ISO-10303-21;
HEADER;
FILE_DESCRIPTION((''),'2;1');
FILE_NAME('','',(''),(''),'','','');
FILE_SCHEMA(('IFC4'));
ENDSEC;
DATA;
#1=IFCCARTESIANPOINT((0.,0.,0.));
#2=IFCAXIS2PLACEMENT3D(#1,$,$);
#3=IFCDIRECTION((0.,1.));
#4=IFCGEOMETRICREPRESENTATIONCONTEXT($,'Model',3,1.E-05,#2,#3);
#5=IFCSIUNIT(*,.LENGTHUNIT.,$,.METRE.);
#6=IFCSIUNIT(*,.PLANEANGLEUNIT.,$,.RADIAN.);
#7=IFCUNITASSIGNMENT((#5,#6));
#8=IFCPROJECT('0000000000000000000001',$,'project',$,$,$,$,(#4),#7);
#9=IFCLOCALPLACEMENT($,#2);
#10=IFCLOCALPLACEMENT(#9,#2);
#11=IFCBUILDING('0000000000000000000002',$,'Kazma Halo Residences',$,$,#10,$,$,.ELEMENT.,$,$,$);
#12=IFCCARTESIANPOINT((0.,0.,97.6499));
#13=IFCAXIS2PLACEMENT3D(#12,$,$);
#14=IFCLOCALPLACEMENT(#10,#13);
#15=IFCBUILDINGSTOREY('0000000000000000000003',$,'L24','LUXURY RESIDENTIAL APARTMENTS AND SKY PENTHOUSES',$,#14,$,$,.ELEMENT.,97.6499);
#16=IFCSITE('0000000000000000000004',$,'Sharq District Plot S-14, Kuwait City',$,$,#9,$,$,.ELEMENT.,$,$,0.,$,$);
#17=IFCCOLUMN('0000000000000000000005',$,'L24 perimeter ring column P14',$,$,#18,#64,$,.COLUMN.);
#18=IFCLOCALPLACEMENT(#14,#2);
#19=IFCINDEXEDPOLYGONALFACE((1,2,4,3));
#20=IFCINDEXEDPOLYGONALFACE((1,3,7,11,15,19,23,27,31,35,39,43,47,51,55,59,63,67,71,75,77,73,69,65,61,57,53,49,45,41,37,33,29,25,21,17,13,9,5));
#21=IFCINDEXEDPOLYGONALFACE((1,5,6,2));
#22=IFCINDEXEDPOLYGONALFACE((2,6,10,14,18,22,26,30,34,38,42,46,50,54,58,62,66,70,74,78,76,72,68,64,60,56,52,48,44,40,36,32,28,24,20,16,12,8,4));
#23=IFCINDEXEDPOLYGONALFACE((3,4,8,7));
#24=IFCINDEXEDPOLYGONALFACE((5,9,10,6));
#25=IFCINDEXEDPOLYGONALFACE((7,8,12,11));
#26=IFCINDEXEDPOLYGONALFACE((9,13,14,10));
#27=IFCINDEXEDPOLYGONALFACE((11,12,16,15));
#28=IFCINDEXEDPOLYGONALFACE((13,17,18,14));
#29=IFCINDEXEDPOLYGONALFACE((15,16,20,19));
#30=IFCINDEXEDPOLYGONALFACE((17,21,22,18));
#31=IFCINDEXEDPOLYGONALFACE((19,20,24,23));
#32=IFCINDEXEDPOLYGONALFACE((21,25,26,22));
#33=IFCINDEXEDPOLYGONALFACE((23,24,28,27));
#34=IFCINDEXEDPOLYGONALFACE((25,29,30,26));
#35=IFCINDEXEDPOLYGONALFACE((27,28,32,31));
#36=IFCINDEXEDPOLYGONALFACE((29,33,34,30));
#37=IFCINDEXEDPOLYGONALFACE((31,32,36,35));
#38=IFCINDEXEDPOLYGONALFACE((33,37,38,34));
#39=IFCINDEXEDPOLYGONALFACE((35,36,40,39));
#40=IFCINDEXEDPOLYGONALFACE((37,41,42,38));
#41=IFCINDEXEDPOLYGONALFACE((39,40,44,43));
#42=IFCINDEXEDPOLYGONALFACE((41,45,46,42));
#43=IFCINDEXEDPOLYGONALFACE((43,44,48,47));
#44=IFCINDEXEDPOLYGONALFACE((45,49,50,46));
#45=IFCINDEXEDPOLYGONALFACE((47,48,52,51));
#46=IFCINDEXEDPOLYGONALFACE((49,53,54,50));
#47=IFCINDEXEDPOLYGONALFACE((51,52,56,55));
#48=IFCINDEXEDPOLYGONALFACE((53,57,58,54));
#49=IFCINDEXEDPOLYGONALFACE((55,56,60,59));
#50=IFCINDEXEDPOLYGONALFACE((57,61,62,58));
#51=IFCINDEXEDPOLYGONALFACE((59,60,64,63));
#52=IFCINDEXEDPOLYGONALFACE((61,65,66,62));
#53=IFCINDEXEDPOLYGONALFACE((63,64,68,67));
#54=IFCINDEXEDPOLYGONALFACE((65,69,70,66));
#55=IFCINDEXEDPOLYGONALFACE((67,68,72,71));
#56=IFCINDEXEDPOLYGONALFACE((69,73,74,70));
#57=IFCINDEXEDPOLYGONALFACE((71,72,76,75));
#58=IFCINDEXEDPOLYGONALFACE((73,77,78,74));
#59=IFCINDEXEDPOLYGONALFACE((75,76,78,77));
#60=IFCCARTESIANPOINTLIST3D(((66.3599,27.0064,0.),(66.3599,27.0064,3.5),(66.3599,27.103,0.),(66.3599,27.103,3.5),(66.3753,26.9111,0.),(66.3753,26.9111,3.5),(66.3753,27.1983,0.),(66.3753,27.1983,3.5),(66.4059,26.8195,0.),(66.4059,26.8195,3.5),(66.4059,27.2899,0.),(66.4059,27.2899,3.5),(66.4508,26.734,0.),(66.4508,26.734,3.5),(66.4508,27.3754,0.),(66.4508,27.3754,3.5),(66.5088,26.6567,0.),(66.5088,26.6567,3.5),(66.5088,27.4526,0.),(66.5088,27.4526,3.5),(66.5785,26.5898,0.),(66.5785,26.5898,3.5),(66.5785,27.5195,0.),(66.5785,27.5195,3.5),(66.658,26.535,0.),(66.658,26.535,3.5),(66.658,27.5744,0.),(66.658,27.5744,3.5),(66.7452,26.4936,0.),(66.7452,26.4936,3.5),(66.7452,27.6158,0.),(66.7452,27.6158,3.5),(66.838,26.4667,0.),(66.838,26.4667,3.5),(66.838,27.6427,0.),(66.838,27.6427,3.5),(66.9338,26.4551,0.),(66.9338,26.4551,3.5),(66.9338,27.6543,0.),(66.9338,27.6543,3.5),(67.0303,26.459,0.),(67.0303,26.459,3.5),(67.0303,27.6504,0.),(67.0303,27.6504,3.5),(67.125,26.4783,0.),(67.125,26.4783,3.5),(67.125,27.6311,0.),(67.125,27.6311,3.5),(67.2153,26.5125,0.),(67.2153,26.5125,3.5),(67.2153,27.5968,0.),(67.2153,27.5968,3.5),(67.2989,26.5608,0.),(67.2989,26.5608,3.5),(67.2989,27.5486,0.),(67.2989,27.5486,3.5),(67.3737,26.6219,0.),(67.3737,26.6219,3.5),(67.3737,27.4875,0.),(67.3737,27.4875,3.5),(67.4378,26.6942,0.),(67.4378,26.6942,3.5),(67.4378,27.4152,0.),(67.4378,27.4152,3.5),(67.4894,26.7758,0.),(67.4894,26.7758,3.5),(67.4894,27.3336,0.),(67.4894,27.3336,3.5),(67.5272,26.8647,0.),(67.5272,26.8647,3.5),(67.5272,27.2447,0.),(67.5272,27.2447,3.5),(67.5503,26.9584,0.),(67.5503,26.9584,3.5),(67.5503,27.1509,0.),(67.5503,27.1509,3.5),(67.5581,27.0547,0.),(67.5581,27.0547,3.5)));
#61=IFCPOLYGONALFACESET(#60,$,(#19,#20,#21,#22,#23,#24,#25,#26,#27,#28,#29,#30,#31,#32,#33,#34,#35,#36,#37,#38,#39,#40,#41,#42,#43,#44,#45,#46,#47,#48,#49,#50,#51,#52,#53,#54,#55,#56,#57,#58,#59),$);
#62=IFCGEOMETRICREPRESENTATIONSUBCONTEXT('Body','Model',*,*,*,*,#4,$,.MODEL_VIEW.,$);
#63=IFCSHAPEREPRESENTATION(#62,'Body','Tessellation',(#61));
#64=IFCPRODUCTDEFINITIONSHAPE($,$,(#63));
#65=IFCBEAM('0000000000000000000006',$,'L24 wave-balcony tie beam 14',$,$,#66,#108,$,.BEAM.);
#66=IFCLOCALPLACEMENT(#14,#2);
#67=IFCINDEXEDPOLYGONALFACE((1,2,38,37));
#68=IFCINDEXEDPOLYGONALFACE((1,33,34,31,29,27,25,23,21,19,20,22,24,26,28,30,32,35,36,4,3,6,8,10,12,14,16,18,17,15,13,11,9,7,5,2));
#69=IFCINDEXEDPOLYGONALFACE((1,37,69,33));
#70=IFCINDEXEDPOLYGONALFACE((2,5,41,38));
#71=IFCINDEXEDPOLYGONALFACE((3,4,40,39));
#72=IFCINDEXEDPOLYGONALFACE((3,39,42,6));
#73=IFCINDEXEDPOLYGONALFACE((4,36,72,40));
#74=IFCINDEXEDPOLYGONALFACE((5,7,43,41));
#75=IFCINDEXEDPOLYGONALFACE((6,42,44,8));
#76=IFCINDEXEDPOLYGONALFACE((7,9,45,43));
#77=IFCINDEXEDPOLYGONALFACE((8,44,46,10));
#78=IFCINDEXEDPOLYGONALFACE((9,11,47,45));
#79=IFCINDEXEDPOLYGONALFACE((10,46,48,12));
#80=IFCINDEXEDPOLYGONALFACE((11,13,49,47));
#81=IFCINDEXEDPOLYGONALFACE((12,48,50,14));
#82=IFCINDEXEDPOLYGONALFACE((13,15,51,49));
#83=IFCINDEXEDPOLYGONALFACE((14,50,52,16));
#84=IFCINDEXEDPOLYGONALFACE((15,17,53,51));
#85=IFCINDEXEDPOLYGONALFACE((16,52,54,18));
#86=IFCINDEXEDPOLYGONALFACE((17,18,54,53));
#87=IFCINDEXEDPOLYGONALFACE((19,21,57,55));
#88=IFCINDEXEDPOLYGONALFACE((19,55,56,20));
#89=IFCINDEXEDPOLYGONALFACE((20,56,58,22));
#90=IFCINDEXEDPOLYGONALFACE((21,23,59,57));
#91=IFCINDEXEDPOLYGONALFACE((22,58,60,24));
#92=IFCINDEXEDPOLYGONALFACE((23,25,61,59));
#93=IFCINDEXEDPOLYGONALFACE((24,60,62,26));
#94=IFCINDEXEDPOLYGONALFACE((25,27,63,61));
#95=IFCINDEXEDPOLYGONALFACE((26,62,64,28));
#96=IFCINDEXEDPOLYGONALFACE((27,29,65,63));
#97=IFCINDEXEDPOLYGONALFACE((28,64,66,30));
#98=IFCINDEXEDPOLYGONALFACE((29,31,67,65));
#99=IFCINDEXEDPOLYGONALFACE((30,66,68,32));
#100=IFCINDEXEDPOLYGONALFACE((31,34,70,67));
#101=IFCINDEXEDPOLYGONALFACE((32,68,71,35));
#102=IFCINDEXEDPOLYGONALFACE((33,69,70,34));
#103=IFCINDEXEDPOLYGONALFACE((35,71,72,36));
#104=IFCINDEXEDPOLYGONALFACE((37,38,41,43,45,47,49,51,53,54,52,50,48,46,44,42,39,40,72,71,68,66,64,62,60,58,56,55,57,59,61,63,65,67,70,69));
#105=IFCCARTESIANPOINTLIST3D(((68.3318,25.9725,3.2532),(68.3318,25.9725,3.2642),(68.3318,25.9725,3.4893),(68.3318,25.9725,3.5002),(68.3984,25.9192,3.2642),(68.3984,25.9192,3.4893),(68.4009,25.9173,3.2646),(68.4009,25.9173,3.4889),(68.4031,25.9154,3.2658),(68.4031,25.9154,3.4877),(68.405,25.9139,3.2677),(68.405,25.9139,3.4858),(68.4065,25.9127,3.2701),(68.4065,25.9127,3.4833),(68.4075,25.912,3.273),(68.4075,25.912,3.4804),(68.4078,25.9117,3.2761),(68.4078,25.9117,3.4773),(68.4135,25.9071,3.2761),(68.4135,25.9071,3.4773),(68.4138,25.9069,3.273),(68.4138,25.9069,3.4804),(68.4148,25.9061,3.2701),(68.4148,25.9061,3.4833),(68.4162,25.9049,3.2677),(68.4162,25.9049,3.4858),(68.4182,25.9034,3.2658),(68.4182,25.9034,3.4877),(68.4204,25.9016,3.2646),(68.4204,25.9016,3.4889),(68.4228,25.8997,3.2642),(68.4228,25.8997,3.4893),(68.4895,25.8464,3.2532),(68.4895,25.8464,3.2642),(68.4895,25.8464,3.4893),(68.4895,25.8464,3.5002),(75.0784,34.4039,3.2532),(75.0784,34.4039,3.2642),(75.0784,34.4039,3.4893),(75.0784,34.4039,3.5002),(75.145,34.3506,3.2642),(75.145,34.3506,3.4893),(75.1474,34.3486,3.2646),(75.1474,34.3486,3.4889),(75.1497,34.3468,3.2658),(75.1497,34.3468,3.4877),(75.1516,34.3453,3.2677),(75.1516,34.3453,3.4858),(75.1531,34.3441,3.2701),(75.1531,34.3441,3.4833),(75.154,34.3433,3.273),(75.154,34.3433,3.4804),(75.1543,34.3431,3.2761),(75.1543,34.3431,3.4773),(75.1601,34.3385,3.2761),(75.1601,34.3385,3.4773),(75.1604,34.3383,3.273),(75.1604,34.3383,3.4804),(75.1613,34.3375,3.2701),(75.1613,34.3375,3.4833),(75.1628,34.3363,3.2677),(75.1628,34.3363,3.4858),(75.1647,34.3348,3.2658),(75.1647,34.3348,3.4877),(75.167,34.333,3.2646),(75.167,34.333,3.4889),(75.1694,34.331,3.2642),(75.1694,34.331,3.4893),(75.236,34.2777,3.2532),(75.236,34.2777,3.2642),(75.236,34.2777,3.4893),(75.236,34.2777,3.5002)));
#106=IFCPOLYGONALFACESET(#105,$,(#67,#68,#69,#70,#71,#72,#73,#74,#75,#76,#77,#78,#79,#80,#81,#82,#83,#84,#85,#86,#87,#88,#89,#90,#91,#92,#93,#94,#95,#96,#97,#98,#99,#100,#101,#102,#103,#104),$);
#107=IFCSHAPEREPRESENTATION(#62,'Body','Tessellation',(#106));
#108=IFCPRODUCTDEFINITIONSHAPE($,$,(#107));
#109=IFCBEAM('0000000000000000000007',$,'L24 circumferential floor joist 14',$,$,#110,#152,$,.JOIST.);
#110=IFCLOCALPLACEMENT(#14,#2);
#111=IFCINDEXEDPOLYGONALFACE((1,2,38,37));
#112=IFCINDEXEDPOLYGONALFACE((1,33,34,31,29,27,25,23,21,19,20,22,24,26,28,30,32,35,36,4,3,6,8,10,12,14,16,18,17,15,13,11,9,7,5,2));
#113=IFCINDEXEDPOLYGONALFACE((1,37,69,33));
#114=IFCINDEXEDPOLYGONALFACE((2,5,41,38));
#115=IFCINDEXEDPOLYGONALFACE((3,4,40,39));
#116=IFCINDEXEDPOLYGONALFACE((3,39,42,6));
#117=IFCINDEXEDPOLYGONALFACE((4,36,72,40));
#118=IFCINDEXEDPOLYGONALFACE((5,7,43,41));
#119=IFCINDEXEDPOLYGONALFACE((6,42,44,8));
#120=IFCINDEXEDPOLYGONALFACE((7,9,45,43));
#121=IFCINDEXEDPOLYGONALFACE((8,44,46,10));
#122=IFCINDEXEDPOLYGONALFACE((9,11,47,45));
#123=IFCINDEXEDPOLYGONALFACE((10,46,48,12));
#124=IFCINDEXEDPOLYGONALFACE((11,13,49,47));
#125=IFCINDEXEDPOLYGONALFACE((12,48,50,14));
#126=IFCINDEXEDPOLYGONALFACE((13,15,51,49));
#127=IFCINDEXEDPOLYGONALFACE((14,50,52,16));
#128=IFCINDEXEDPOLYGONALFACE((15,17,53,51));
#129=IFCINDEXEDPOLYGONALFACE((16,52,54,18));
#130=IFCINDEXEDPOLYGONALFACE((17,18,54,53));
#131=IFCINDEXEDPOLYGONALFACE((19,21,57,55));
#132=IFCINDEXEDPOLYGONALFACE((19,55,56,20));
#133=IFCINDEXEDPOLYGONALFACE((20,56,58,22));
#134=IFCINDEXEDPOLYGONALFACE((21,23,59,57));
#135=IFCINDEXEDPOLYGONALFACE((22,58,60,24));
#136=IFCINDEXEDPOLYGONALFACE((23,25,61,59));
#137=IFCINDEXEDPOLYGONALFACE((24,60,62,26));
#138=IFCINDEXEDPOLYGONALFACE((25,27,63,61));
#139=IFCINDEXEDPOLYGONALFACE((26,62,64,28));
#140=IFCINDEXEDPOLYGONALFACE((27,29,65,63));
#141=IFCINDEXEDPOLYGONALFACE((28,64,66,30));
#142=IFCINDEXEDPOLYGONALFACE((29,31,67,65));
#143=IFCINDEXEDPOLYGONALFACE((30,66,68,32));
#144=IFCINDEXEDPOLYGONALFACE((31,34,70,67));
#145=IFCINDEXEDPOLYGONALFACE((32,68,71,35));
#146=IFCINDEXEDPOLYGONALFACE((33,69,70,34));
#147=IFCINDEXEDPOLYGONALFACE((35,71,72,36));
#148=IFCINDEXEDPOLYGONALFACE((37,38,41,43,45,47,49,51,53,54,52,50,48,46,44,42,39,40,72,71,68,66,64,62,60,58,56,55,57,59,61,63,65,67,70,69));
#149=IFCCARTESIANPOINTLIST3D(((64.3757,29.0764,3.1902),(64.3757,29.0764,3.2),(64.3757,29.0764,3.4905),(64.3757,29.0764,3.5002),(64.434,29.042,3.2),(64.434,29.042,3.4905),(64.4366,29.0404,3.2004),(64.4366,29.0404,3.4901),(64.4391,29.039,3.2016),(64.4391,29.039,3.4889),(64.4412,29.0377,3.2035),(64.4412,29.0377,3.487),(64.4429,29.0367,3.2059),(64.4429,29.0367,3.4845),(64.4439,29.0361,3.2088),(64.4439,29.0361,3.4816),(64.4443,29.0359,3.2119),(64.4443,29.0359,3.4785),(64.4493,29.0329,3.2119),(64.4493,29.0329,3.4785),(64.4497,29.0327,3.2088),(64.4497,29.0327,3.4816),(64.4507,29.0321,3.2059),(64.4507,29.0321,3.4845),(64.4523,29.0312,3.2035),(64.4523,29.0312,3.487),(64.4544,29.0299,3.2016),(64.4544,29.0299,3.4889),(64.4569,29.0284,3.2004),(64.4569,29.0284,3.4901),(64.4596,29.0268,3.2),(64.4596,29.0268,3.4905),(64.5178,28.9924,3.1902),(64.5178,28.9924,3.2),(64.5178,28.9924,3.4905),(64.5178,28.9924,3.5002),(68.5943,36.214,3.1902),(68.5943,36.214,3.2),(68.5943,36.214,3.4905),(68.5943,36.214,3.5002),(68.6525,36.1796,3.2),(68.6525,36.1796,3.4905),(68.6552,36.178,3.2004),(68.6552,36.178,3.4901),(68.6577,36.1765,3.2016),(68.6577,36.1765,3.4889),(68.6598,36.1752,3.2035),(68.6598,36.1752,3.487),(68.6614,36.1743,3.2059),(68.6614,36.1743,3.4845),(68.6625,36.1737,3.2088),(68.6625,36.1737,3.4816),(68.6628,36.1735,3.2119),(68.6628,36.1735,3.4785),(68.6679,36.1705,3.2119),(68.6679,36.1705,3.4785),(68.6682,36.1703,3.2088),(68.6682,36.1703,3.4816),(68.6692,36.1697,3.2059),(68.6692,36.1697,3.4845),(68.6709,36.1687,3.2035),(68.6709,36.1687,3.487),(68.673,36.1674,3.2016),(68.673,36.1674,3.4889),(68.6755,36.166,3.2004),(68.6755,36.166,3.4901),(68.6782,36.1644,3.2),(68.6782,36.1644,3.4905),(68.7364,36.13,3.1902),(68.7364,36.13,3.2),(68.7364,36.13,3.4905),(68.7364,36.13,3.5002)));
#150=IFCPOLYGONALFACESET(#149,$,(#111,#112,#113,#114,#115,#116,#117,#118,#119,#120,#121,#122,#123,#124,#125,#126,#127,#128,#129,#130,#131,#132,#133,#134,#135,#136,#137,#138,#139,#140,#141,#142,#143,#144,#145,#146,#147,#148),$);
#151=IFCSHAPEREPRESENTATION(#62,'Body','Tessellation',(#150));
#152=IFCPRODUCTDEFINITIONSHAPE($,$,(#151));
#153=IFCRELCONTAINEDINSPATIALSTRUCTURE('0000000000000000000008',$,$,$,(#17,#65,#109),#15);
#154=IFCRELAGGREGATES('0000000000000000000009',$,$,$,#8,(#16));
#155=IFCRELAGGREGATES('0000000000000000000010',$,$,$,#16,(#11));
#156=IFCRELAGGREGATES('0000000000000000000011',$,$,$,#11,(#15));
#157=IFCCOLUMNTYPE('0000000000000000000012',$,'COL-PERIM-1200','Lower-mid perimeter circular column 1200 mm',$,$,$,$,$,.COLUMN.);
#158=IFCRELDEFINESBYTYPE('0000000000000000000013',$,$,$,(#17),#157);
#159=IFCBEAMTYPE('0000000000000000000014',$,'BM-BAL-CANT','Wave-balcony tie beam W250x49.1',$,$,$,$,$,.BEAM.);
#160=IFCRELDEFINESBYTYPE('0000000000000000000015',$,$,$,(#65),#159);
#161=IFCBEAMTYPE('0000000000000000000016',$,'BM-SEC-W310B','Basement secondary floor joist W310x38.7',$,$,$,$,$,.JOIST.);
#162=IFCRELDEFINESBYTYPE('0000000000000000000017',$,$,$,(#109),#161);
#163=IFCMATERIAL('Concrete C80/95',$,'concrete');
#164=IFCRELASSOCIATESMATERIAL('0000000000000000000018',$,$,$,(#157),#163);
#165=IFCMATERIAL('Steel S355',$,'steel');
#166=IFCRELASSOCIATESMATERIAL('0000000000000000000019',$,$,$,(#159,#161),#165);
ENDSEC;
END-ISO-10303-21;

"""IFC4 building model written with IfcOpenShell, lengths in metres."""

from ifc_helpers import new_model, si_unit, direction, frame, origin, origin_2d, place, context, subcontext, project, spatial, circle, i_section, extrude, material, material_profile, profile_set, type_object, element, save


model = new_model("IFC4")

# Units and contexts
model_context = context("Model", 3, precision=1e-05, world=origin(), true_north=direction((0.0, 1.0)))
body_context = subcontext(model_context, "Body", "Model", "MODEL_VIEW")
ifc_project = project(units=[si_unit("LENGTHUNIT", "METRE"), si_unit("PLANEANGLEUNIT", "RADIAN")], contexts=[model_context])

# Site, building, storey
site_placement = place(None, origin())
site = spatial("IfcSite", under=ifc_project, at=site_placement, Name="Sharq District Plot S-14, Kuwait City", CompositionType="ELEMENT", RefElevation=0.0)
building_placement = place(site_placement, origin())
building = spatial("IfcBuilding", under=site, at=building_placement, Name="Kazma Halo Residences", CompositionType="ELEMENT")
storey_placement = place(building_placement, frame((0.0, 0.0, 97.6499)))
storey = spatial("IfcBuildingStorey", under=building, at=storey_placement, Name="L24", Description="LUXURY RESIDENTIAL APARTMENTS AND SKY PENTHOUSES", CompositionType="ELEMENT", Elevation=97.6499)

# Column
ifc_material_1 = material(Name="Concrete C80/95", Category="concrete")
ifc_material_profile_1 = material_profile(ifc_material_1, circle(Radius=0.6001, at=origin_2d()), Name="CIRC1200")
ifc_profile_set_1 = profile_set([ifc_material_profile_1], Name="Concrete C80/95")
column_type = type_object("IfcColumnType", Name="COL-PERIM-1200", Description="Lower-mid perimeter circular column 1200 mm", PredefinedType="COLUMN", material=ifc_profile_set_1)
column_placement = place(storey_placement, frame((66.958, 27.0547, 0.0), z_axis=(0.0, 0.0, 1.0), x_axis=(1.0, 0.0, 0.0)))
element("IfcColumn", 1, at=column_placement, inside=storey, type_object=column_type, Name="L24 perimeter ring column P14", PredefinedType="COLUMN", context=body_context, shape_type="SweptSolid", body=[
    extrude(circle(Radius=0.6001, at=origin_2d()), origin(), (0.0, 0.0, 1.0), 3.5),
])

# Beams
ifc_material_2 = material(Name="Steel S355", Category="steel")
ifc_material_profile_2 = material_profile(ifc_material_2, i_section(OverallWidth=0.2019, OverallDepth=0.2471, WebThickness=0.0073, FlangeThickness=0.011, FilletRadius=0.012, at=origin_2d()), Name="W250x49.1")
ifc_profile_set_2 = profile_set([ifc_material_profile_2], Name="Steel S355")
beam_type_1 = type_object("IfcBeamType", Name="BM-BAL-CANT", Description="Wave-balcony tie beam W250x49.1", PredefinedType="BEAM", material=ifc_profile_set_2)
beam_1_placement = place(storey_placement, frame((68.4106, 25.9094, 3.3767), z_axis=(0.624778, 0.780803, 0.0), x_axis=(-0.780803, 0.624778, 0.0)))
element("IfcBeam", 2, at=beam_1_placement, inside=storey, type_object=beam_type_1, Name="L24 wave-balcony tie beam 14", PredefinedType="BEAM", context=body_context, shape_type="SweptSolid", body=[
    extrude(i_section(OverallWidth=0.2019, OverallDepth=0.2471, WebThickness=0.0073, FlangeThickness=0.011, FilletRadius=0.012, at=origin_2d()), origin(), (0.0, 0.0, 1.0), 10.7983),
])
ifc_material_profile_3 = material_profile(ifc_material_2, i_section(OverallWidth=0.165, OverallDepth=0.3101, WebThickness=0.0059, FlangeThickness=0.0098, FilletRadius=0.012, at=origin_2d()), Name="W310x38.7")
ifc_profile_set_3 = profile_set([ifc_material_profile_3], Name="Steel S355")
beam_type_2 = type_object("IfcBeamType", Name="BM-SEC-W310B", Description="Basement secondary floor joist W310x38.7", PredefinedType="JOIST", material=ifc_profile_set_3)
beam_2_placement = place(storey_placement, frame((64.4468, 29.0344, 3.3452), z_axis=(0.508812, 0.860878, 0.0), x_axis=(-0.860878, 0.508812, 0.0)))
element("IfcBeam", 3, at=beam_2_placement, inside=storey, type_object=beam_type_2, Name="L24 circumferential floor joist 14", PredefinedType="JOIST", context=body_context, shape_type="SweptSolid", body=[
    extrude(i_section(OverallWidth=0.165, OverallDepth=0.3101, WebThickness=0.0059, FlangeThickness=0.0098, FilletRadius=0.012, at=origin_2d()), origin(), (0.0, 0.0, 1.0), 8.291),
])

save(model, "model.ifc")
